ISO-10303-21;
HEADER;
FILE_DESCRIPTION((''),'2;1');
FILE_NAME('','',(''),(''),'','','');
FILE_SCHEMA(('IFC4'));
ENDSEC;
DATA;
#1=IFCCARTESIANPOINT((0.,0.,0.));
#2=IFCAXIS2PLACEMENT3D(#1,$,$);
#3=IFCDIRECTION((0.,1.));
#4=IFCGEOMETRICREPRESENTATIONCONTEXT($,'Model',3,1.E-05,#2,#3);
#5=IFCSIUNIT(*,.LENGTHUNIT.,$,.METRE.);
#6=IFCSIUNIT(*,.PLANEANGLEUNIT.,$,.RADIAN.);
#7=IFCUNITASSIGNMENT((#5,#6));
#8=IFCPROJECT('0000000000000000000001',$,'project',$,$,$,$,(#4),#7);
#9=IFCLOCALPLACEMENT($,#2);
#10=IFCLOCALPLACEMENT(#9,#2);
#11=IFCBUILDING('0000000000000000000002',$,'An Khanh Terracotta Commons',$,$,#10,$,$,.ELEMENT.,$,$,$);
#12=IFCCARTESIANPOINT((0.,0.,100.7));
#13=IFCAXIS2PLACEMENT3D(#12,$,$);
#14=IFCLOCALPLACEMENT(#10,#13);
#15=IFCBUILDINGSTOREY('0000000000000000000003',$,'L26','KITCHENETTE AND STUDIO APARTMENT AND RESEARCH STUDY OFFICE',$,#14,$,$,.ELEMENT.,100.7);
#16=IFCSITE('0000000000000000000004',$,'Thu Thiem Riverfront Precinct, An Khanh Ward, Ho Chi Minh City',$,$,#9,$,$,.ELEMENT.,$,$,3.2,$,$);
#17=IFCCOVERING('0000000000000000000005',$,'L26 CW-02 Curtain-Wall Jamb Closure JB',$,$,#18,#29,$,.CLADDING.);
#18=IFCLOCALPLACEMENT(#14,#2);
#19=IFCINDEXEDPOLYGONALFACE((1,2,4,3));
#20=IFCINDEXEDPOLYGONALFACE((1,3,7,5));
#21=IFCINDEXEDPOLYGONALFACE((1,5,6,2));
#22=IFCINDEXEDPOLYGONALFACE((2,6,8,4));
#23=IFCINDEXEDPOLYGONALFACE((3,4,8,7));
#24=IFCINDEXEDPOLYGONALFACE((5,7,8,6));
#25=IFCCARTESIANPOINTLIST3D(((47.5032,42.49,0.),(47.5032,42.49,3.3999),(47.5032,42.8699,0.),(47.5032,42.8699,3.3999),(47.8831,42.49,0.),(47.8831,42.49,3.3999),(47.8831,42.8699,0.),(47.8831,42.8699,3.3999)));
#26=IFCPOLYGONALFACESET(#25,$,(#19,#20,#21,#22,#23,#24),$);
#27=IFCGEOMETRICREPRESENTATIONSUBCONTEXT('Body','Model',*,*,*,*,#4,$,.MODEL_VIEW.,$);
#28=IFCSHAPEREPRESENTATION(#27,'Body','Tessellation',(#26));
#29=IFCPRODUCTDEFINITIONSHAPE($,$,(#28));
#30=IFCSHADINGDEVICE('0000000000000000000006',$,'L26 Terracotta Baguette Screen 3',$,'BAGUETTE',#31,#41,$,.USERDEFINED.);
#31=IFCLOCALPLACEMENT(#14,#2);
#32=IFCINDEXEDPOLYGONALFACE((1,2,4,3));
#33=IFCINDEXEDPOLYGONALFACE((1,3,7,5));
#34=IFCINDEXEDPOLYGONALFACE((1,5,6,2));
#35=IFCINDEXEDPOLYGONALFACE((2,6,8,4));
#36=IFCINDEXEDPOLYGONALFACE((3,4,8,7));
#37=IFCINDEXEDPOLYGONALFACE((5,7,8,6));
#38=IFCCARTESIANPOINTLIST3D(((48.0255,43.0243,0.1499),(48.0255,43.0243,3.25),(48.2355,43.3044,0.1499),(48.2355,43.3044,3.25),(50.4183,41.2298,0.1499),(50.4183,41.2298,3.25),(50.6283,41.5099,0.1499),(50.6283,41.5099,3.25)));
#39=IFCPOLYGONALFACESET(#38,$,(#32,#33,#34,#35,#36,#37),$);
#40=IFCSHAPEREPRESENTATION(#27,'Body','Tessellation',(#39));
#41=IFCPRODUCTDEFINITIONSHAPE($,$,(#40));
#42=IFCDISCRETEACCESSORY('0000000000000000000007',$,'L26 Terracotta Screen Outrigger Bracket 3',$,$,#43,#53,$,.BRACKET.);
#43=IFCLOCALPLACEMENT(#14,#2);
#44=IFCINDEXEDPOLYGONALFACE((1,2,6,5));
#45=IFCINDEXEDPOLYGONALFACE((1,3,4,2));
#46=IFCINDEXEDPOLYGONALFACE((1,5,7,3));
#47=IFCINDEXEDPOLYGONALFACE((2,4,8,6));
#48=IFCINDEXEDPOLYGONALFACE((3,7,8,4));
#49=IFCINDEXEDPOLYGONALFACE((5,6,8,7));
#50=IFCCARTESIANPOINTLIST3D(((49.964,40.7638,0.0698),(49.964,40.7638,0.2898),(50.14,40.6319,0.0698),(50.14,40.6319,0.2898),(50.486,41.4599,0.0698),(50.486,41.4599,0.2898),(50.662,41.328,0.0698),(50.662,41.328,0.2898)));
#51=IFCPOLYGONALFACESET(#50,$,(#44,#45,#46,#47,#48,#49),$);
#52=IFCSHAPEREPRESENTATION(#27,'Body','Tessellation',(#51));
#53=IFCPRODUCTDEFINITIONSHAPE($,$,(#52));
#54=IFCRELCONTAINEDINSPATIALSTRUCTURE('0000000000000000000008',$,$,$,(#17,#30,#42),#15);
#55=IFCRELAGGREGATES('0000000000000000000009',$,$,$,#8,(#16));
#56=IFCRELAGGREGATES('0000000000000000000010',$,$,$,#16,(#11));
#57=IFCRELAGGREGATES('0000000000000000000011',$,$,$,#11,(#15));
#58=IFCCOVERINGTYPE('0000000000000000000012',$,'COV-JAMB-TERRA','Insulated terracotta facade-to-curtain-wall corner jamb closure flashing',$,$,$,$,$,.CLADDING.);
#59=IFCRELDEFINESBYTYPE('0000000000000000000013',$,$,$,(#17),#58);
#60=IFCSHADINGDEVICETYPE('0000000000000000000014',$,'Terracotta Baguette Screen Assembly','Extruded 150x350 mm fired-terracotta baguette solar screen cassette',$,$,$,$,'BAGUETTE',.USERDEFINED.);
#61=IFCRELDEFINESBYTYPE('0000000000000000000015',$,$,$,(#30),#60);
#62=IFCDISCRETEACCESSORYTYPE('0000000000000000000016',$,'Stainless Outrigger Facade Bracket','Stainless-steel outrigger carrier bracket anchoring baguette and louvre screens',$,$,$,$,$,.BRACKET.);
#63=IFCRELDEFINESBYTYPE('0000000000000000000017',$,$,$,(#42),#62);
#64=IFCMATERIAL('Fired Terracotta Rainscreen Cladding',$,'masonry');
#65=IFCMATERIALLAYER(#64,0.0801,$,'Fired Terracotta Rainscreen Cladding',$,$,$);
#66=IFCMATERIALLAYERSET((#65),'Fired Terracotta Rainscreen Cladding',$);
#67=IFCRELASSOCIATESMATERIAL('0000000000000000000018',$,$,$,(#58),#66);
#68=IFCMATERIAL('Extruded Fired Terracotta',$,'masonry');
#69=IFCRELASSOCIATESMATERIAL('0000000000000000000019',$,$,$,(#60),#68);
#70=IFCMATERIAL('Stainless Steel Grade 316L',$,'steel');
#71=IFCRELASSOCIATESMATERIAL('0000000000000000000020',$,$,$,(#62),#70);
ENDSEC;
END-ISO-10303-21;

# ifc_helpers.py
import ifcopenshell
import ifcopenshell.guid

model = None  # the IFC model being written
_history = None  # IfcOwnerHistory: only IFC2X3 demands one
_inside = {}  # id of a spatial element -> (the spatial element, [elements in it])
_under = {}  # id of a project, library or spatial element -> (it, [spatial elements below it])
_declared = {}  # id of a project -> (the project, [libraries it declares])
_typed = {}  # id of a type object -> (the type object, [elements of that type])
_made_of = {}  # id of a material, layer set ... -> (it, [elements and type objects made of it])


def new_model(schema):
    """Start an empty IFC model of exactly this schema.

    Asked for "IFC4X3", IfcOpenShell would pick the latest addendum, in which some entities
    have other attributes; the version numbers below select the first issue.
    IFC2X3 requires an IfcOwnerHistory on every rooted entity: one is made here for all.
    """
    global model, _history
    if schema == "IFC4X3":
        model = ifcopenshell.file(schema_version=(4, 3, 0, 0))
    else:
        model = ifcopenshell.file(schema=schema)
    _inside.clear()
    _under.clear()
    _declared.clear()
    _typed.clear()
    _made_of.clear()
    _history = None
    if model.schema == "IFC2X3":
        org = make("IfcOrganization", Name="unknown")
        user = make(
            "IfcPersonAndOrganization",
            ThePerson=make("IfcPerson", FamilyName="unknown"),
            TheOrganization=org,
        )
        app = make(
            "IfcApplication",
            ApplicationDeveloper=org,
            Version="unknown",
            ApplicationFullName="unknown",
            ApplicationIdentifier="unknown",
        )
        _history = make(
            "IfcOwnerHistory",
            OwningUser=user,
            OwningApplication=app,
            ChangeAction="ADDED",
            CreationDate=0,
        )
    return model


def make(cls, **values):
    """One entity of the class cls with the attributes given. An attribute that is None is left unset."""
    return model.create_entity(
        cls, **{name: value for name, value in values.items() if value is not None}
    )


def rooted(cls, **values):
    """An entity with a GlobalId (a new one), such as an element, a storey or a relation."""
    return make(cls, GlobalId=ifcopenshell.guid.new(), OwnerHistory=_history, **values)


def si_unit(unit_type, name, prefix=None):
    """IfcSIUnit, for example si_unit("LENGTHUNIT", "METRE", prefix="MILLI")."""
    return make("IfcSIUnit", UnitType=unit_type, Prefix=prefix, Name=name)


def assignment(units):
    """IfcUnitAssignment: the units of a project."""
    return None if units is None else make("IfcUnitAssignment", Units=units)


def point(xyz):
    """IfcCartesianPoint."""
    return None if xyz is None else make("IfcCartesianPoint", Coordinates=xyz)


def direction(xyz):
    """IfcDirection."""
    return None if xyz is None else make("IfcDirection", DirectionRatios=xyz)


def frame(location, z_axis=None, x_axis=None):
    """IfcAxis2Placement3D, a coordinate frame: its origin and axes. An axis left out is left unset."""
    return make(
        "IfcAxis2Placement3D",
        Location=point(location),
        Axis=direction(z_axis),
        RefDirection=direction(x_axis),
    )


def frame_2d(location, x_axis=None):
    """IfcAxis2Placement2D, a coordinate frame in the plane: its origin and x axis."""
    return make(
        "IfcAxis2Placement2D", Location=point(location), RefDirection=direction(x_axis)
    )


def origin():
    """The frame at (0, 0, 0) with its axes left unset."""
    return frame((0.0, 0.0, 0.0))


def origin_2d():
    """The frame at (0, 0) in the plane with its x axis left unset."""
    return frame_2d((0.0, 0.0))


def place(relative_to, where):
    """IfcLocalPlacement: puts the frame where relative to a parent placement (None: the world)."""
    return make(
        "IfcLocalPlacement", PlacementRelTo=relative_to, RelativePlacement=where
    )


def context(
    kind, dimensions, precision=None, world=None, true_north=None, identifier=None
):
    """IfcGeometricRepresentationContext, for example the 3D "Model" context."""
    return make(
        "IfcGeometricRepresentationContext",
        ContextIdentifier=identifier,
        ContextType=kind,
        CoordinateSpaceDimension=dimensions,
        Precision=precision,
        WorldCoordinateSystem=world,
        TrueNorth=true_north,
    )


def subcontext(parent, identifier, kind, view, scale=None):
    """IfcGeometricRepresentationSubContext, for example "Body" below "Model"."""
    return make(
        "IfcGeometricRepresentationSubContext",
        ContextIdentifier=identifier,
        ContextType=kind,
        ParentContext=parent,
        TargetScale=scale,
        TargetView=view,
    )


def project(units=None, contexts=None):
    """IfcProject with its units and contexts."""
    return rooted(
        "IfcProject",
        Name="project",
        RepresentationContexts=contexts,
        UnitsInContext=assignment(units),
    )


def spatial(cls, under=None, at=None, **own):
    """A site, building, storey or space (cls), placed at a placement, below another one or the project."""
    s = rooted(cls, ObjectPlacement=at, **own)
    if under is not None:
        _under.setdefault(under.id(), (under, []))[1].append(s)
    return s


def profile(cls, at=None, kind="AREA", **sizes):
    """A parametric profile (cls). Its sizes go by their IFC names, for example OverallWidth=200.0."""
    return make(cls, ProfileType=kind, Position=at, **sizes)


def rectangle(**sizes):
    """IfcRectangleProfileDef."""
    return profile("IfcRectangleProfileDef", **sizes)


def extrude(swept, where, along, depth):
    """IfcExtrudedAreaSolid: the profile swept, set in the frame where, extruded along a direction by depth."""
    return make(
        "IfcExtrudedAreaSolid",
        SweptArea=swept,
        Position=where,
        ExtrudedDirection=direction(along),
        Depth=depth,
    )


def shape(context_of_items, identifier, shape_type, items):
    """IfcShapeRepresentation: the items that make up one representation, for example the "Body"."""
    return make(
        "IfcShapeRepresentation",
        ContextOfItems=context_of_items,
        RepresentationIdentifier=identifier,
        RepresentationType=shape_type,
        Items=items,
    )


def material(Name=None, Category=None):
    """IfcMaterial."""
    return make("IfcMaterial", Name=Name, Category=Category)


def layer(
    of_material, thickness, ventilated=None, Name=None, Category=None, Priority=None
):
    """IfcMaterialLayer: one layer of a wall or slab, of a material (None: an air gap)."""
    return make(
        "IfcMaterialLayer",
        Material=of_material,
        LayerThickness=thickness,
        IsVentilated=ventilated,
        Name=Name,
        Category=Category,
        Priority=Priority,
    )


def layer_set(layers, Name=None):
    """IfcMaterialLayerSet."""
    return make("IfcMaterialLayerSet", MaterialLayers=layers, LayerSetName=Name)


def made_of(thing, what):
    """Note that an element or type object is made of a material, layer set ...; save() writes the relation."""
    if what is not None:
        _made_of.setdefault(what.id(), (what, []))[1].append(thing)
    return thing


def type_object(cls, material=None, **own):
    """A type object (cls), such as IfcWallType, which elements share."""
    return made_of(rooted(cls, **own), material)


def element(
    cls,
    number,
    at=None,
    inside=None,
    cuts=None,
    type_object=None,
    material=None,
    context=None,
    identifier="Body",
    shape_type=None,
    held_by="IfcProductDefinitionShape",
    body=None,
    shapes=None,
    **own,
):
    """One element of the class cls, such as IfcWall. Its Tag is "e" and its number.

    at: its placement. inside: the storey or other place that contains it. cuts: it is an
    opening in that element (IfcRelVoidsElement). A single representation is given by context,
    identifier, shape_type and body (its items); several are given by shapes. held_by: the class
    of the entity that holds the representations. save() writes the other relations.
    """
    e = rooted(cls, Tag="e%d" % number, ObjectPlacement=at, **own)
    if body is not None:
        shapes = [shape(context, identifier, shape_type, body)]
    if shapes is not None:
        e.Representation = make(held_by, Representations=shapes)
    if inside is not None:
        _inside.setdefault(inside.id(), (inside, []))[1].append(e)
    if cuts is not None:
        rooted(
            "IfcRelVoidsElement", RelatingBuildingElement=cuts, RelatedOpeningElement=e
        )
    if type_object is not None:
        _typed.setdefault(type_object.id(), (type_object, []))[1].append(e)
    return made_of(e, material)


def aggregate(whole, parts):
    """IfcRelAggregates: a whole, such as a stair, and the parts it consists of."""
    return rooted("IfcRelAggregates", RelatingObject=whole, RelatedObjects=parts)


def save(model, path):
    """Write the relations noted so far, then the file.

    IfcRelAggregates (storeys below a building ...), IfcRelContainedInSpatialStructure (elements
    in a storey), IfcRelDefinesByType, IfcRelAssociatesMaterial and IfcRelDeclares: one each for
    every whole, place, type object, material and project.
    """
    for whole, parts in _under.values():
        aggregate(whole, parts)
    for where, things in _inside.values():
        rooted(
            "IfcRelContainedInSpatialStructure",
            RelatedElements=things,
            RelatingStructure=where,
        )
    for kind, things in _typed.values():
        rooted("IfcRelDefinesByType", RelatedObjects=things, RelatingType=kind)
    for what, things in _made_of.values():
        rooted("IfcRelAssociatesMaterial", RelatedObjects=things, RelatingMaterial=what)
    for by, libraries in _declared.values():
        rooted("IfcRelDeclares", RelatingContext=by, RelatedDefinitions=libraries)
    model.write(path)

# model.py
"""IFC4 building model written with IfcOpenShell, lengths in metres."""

from ifc_helpers import new_model, si_unit, direction, frame, origin, origin_2d, place, context, subcontext, project, spatial, rectangle, extrude, material, layer, layer_set, type_object, element, save


model = new_model("IFC4")

# Units and contexts
model_context = context("Model", 3, precision=1e-05, world=origin(), true_north=direction((0.0, 1.0)))
body_context = subcontext(model_context, "Body", "Model", "MODEL_VIEW")
ifc_project = project(units=[si_unit("LENGTHUNIT", "METRE"), si_unit("PLANEANGLEUNIT", "RADIAN")], contexts=[model_context])

# Site, building, storey
site_placement = place(None, origin())
site = spatial("IfcSite", under=ifc_project, at=site_placement, Name="Thu Thiem Riverfront Precinct, An Khanh Ward, Ho Chi Minh City", CompositionType="ELEMENT", RefElevation=3.2)
building_placement = place(site_placement, origin())
building = spatial("IfcBuilding", under=site, at=building_placement, Name="An Khanh Terracotta Commons", CompositionType="ELEMENT")
storey_placement = place(building_placement, frame((0.0, 0.0, 100.7)))
storey = spatial("IfcBuildingStorey", under=building, at=storey_placement, Name="L26", Description="KITCHENETTE AND STUDIO APARTMENT AND RESEARCH STUDY OFFICE", CompositionType="ELEMENT", Elevation=100.7)

# Covering
ifc_material_1 = material(Name="Fired Terracotta Rainscreen Cladding", Category="masonry")
ifc_layer_1 = layer(ifc_material_1, 0.0801, Name="Fired Terracotta Rainscreen Cladding")
ifc_layer_set_1 = layer_set([ifc_layer_1], Name="Fired Terracotta Rainscreen Cladding")
covering_type = type_object("IfcCoveringType", Name="COV-JAMB-TERRA", Description="Insulated terracotta facade-to-curtain-wall corner jamb closure flashing", PredefinedType="CLADDING", material=ifc_layer_set_1)
covering_placement = place(storey_placement, frame((47.6931, 42.6799, 0.0), z_axis=(0.0, 0.0, 1.0), x_axis=(1.0, 0.0, 0.0)))
element("IfcCovering", 1, at=covering_placement, inside=storey, type_object=covering_type, Name="L26 CW-02 Curtain-Wall Jamb Closure JB", PredefinedType="CLADDING", context=body_context, shape_type="SweptSolid", body=[
    extrude(rectangle(XDim=0.3799, YDim=0.3799, at=origin_2d()), origin(), (0.0, 0.0, 1.0), 3.3999),
])

# Shading device
ifc_material_2 = material(Name="Extruded Fired Terracotta", Category="masonry")
shading_device_type = type_object("IfcShadingDeviceType", Name="Terracotta Baguette Screen Assembly", Description="Extruded 150x350 mm fired-terracotta baguette solar screen cassette", ElementType="BAGUETTE", PredefinedType="USERDEFINED", material=ifc_material_2)
shading_device_placement = place(storey_placement, frame((49.3269, 42.2671, 0.1499), z_axis=(0.0, 0.0, 1.0), x_axis=(-0.800013, 0.599983, 0.0)))
element("IfcShadingDevice", 2, at=shading_device_placement, inside=storey, type_object=shading_device_type, Name="L26 Terracotta Baguette Screen 3", ObjectType="BAGUETTE", PredefinedType="USERDEFINED", context=body_context, shape_type="SweptSolid", body=[
    extrude(rectangle(XDim=2.991, YDim=0.3501, at=origin_2d()), origin(), (0.0, 0.0, 1.0), 3.1001),
])

# Discrete accessory
ifc_material_3 = material(Name="Stainless Steel Grade 316L", Category="steel")
discrete_accessory_type = type_object("IfcDiscreteAccessoryType", Name="Stainless Outrigger Facade Bracket", Description="Stainless-steel outrigger carrier bracket anchoring baguette and louvre screens", PredefinedType="BRACKET", material=ifc_material_3)
discrete_accessory_placement = place(storey_placement, frame((50.313, 41.0459, 0.0698), z_axis=(0.0, 0.0, 1.0), x_axis=(-0.800013, 0.599983, 0.0)))
element("IfcDiscreteAccessory", 3, at=discrete_accessory_placement, inside=storey, type_object=discrete_accessory_type, Name="L26 Terracotta Screen Outrigger Bracket 3", PredefinedType="BRACKET", context=body_context, shape_type="SweptSolid", body=[
    extrude(rectangle(XDim=0.22, YDim=0.8701, at=origin_2d()), origin(), (0.0, 0.0, 1.0), 0.22),
])

save(model, "model.ifc")
